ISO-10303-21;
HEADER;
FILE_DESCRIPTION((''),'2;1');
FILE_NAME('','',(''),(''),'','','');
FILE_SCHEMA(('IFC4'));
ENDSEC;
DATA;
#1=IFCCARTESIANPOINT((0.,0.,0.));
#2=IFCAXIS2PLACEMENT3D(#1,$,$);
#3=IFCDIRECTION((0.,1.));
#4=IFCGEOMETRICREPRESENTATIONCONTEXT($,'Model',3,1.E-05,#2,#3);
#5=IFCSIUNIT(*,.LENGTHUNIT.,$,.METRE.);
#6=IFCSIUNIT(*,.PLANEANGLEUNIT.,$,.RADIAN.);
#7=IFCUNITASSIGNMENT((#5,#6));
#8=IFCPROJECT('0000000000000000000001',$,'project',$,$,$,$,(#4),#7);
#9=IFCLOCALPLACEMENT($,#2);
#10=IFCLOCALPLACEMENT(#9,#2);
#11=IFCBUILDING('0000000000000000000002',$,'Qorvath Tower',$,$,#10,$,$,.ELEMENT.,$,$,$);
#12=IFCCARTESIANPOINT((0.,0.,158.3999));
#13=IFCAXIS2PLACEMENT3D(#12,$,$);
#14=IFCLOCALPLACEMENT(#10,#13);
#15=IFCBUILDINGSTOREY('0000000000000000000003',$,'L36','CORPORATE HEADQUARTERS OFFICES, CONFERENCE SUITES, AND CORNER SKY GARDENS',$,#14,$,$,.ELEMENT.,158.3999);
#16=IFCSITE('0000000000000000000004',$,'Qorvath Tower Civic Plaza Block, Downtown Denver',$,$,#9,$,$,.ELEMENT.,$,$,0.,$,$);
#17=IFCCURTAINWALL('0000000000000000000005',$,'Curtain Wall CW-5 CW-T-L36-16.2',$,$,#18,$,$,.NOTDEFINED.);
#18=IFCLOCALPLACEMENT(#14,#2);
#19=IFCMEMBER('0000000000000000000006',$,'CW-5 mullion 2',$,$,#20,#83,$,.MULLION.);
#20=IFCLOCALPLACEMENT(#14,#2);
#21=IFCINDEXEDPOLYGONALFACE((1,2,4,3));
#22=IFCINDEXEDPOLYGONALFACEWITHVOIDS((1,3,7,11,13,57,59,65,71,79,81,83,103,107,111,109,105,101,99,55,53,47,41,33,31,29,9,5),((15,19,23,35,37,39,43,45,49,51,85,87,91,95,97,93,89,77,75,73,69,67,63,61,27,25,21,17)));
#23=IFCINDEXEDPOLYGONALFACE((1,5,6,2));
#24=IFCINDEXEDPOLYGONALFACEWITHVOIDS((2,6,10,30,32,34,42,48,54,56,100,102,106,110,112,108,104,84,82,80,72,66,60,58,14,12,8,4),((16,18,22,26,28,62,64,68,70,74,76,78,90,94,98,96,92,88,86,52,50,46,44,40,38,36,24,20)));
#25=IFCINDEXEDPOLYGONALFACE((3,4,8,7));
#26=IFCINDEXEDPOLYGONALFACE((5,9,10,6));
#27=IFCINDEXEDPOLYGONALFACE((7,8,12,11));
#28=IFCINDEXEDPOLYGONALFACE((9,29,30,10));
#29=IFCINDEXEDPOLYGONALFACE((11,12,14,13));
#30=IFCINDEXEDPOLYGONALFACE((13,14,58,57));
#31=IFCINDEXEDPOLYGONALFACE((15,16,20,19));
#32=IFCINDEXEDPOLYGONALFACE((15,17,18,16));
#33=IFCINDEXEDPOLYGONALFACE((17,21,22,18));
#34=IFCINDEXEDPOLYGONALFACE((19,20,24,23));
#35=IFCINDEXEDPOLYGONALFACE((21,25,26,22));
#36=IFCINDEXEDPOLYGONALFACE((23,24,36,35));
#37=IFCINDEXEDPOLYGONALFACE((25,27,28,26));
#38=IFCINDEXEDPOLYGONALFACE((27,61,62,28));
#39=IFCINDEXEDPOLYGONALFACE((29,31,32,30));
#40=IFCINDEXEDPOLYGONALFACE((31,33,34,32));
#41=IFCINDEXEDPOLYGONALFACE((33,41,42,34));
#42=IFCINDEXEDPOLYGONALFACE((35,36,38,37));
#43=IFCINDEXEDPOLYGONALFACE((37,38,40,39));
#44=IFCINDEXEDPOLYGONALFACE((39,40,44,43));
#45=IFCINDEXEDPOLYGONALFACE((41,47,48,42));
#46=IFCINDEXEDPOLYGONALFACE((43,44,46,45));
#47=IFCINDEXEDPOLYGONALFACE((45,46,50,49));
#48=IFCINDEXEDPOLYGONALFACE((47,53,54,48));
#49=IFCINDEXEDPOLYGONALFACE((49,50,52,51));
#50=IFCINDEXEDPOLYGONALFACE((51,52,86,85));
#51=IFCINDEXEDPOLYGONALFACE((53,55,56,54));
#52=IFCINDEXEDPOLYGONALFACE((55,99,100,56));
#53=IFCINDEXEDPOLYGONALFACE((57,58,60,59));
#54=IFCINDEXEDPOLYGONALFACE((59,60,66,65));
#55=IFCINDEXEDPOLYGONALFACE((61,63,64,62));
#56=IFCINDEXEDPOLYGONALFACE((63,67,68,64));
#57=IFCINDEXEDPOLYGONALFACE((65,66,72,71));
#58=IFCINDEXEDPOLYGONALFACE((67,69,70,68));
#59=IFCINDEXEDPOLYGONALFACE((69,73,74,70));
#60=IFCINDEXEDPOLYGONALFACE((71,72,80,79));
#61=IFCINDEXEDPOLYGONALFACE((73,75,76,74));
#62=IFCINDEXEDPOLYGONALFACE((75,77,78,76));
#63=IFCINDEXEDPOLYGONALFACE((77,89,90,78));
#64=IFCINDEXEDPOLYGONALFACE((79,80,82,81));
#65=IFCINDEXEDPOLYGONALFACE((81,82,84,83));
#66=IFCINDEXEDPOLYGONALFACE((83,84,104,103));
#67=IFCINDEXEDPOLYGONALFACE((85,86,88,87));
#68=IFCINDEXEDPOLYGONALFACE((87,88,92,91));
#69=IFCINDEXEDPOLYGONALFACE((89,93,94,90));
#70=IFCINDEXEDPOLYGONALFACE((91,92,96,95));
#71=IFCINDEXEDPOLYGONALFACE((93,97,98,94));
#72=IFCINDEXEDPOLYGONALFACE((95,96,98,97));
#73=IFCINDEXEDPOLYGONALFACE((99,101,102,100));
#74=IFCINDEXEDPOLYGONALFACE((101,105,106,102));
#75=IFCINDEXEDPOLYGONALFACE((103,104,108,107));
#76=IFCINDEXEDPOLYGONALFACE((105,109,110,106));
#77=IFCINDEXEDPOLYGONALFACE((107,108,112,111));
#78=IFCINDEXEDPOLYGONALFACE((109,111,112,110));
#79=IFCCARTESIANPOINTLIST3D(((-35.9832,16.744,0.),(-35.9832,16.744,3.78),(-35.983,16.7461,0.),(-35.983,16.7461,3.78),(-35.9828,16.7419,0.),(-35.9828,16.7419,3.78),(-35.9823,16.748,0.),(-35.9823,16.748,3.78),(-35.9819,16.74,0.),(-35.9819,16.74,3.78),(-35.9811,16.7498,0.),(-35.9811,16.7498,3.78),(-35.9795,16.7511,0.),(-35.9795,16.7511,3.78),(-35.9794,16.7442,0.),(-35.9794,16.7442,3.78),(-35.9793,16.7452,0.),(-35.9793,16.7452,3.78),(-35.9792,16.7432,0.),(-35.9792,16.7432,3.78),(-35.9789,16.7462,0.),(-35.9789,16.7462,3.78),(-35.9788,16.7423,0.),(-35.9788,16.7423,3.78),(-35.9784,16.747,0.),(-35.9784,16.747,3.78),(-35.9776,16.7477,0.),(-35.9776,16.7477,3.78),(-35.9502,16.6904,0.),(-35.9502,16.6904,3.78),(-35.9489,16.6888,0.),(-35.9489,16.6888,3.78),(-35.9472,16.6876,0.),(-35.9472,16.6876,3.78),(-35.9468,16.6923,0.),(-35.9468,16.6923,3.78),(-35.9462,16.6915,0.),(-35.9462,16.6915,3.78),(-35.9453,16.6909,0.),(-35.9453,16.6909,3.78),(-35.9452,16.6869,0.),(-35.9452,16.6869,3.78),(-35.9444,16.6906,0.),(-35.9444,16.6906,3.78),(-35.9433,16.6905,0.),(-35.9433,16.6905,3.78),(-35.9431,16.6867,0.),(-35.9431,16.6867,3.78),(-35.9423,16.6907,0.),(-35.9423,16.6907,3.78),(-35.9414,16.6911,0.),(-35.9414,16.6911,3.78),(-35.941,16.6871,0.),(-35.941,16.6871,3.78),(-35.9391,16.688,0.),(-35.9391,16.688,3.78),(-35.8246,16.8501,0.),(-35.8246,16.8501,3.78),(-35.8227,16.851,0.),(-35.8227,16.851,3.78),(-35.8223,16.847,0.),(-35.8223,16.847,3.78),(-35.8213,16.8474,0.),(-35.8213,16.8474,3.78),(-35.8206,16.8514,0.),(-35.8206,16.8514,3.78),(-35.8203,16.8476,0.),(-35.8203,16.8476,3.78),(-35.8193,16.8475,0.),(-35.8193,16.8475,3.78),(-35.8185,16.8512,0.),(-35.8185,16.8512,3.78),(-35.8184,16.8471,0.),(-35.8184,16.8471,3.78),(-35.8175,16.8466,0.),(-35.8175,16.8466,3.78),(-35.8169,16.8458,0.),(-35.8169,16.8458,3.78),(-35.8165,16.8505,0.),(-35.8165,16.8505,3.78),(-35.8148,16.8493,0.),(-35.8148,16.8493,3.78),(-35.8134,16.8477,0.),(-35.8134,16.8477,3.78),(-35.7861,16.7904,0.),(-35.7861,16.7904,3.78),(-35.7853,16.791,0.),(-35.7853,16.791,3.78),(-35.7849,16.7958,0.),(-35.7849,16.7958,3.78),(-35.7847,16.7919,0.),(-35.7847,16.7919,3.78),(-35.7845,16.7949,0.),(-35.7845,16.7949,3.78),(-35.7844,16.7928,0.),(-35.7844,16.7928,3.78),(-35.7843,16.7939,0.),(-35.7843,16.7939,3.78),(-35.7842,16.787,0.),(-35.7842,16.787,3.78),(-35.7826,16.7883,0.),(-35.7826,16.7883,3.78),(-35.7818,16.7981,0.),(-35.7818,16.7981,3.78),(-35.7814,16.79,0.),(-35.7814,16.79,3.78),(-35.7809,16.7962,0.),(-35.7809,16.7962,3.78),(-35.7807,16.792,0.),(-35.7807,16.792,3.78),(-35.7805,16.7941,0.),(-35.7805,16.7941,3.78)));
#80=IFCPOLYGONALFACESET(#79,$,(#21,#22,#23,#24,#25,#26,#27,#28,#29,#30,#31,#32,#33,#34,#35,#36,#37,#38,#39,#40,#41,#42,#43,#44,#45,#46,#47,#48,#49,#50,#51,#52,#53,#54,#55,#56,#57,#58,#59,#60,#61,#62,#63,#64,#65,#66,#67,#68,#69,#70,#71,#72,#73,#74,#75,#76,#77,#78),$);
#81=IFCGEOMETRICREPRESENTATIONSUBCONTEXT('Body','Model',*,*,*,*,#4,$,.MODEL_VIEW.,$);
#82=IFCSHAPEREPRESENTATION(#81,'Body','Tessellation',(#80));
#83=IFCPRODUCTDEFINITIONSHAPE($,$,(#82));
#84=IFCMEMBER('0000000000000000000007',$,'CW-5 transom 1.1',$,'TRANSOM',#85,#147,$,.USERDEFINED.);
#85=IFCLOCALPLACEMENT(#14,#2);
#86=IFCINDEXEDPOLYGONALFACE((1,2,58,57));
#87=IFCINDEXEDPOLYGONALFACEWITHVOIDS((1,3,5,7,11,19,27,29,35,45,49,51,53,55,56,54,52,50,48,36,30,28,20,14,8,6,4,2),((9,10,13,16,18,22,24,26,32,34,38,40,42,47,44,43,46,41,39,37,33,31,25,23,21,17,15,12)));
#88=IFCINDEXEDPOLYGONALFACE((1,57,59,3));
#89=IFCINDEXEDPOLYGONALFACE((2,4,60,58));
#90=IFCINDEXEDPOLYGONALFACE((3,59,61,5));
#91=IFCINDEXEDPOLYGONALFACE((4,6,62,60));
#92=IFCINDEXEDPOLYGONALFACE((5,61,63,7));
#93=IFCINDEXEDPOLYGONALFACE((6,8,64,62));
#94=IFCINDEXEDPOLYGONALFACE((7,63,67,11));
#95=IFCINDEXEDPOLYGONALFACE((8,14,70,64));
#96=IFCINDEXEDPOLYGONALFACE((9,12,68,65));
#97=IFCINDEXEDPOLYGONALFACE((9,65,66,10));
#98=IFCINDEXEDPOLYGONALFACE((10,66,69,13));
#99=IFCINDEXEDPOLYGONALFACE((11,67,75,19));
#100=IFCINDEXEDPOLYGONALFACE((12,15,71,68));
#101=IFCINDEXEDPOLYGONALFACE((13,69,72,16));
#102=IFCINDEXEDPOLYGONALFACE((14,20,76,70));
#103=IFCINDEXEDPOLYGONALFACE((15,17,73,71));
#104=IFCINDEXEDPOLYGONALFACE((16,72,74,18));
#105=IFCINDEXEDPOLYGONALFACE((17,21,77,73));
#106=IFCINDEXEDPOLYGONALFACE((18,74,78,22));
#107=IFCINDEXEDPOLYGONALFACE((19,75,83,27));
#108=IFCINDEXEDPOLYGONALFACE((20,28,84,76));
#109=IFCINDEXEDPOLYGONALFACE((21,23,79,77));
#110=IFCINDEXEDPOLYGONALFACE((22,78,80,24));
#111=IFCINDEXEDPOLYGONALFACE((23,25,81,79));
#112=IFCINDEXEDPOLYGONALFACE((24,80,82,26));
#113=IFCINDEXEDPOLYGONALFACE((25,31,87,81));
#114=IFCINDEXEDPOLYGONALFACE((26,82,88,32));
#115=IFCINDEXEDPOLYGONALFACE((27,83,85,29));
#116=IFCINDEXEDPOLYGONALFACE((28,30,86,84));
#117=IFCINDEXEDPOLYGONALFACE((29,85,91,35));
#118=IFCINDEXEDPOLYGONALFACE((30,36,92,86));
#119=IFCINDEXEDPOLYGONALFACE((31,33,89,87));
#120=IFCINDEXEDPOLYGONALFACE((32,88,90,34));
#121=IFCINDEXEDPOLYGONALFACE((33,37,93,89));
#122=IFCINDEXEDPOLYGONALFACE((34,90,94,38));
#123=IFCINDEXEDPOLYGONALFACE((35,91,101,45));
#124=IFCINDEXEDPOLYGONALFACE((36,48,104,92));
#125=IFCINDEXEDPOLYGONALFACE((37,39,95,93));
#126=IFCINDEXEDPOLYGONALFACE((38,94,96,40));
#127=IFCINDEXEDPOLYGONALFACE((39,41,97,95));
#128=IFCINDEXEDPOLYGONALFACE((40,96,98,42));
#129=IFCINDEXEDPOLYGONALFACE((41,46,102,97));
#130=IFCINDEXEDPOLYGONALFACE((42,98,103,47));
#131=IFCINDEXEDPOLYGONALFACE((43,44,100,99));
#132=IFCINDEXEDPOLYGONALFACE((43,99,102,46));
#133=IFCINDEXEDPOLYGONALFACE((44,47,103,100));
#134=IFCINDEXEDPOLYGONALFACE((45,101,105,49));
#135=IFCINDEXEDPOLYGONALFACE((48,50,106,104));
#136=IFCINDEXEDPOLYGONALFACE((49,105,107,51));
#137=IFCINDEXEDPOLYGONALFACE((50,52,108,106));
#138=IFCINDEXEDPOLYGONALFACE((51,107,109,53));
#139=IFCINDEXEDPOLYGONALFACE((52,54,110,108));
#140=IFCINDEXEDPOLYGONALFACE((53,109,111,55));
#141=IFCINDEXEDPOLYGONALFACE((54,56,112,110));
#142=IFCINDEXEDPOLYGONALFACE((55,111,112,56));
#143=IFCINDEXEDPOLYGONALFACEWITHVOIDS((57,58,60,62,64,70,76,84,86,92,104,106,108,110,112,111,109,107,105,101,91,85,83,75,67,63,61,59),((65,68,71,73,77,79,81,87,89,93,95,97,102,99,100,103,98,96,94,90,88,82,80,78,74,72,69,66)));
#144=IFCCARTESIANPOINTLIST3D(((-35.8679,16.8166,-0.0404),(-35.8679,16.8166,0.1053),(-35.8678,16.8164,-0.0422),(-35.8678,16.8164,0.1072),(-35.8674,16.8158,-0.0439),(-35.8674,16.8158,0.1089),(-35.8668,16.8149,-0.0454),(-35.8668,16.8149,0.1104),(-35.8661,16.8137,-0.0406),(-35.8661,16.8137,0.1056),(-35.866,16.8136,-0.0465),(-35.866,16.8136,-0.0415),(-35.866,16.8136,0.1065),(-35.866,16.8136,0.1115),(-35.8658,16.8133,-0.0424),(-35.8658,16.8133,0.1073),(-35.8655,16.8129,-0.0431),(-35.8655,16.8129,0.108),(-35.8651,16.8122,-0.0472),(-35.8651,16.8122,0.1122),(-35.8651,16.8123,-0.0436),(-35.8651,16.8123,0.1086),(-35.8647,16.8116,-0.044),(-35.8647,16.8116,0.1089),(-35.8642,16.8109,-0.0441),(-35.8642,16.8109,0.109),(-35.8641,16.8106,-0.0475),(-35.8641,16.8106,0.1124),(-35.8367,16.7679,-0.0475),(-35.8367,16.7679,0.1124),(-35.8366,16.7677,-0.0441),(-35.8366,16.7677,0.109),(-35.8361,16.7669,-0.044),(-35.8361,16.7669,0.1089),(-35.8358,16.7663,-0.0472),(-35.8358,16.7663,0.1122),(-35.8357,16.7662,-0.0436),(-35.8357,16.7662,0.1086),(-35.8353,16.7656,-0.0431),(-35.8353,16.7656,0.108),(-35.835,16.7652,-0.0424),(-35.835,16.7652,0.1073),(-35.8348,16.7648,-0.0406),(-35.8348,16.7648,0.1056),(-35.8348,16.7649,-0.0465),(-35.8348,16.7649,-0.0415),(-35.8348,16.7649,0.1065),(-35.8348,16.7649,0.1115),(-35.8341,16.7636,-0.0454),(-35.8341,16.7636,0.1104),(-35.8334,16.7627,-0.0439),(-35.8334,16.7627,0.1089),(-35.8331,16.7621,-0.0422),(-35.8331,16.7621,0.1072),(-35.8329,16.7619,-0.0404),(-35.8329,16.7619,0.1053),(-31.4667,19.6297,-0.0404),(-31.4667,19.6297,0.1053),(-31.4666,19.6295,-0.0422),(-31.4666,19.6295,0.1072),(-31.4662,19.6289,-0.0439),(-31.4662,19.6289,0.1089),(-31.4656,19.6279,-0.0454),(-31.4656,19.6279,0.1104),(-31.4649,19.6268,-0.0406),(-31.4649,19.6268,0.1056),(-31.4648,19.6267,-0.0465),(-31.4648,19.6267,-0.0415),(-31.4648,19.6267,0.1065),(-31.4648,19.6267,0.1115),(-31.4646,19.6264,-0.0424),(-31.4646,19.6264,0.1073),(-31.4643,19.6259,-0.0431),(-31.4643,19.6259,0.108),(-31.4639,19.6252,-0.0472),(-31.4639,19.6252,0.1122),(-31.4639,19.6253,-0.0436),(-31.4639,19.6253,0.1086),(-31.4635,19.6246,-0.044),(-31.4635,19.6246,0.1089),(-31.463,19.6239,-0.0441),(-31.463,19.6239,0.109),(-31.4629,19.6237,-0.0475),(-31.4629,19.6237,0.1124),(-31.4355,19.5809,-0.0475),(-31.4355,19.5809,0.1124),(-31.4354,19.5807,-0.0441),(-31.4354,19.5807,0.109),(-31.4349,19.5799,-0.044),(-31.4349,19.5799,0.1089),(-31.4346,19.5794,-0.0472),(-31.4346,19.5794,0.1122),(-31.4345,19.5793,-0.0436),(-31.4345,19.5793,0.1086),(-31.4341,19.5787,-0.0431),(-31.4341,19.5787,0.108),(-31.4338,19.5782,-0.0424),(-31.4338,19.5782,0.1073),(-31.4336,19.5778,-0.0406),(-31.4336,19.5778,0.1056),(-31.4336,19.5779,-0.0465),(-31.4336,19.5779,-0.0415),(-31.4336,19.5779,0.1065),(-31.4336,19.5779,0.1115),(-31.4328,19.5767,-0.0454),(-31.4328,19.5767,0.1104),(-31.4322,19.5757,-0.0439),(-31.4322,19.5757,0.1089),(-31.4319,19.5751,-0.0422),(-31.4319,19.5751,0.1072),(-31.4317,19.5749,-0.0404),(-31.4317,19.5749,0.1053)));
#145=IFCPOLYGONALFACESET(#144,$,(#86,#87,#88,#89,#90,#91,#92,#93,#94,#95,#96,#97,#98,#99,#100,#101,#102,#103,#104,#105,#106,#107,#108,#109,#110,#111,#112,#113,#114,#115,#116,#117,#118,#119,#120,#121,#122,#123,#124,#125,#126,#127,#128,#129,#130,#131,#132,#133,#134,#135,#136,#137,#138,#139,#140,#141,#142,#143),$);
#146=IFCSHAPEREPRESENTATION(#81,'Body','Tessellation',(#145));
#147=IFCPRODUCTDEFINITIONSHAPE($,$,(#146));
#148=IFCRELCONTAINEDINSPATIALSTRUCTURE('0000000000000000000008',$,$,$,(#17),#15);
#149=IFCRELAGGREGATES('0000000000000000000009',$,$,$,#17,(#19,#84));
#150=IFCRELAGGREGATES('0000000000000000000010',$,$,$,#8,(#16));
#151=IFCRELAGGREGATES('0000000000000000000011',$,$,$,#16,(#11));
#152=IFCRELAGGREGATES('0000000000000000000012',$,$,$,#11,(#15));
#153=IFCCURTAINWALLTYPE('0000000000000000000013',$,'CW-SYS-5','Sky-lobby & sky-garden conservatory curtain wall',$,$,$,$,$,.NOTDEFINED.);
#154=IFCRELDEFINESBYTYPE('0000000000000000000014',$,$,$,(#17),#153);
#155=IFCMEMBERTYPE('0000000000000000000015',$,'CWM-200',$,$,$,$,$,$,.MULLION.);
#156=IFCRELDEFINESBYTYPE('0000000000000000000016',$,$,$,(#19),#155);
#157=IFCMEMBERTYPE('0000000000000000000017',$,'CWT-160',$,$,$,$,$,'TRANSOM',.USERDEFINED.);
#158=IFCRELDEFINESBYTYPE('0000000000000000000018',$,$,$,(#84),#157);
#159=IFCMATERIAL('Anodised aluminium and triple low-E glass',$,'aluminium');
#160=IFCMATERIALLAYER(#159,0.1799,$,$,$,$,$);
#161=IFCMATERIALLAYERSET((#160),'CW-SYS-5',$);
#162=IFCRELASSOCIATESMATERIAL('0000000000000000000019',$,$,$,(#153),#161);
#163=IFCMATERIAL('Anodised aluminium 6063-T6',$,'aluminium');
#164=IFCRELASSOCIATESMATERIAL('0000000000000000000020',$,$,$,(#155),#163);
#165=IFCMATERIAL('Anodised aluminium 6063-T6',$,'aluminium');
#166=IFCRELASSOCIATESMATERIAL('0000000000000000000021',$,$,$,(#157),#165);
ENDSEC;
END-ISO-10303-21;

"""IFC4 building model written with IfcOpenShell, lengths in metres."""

from ifc_helpers import new_model, si_unit, direction, frame, origin, origin_2d, place, context, subcontext, project, spatial, hollow_rectangle, extrude, material, layer, layer_set, material_profile, profile_set, type_object, element, aggregate, save


model = new_model("IFC4")

# Units and contexts
model_context = context("Model", 3, precision=1e-05, world=origin(), true_north=direction((0.0, 1.0)))
body_context = subcontext(model_context, "Body", "Model", "MODEL_VIEW")
ifc_project = project(units=[si_unit("LENGTHUNIT", "METRE"), si_unit("PLANEANGLEUNIT", "RADIAN")], contexts=[model_context])

# Site, building, storey
site_placement = place(None, origin())
site = spatial("IfcSite", under=ifc_project, at=site_placement, Name="Qorvath Tower Civic Plaza Block, Downtown Denver", CompositionType="ELEMENT", RefElevation=0.0)
building_placement = place(site_placement, origin())
building = spatial("IfcBuilding", under=site, at=building_placement, Name="Qorvath Tower", CompositionType="ELEMENT")
storey_placement = place(building_placement, frame((0.0, 0.0, 158.3999)))
storey = spatial("IfcBuildingStorey", under=building, at=storey_placement, Name="L36", Description="CORPORATE HEADQUARTERS OFFICES, CONFERENCE SUITES, AND CORNER SKY GARDENS", CompositionType="ELEMENT", Elevation=158.3999)

# Shared definitions
ifc_material_1 = material(Name="Anodised aluminium and triple low-E glass", Category="aluminium")
ifc_layer_1 = layer(ifc_material_1, 0.1799)
ifc_layer_set_1 = layer_set([ifc_layer_1], Name="CW-SYS-5")
curtain_wall_type = type_object("IfcCurtainWallType", Name="CW-SYS-5", Description="Sky-lobby & sky-garden conservatory curtain wall", PredefinedType="NOTDEFINED", material=ifc_layer_set_1)
ifc_material_2 = material(Name="Anodised aluminium 6063-T6", Category="aluminium")
ifc_material_profile_1 = material_profile(ifc_material_2, hollow_rectangle(XDim=0.075, YDim=0.2, WallThickness=0.0039, InnerFilletRadius=0.0039, OuterFilletRadius=0.0081, at=origin_2d()), Name="CWM 200x75")
ifc_profile_set_1 = profile_set([ifc_material_profile_1], Name="Anodised aluminium 6063-T6")
member_type_1 = type_object("IfcMemberType", Name="CWM-200", PredefinedType="MULLION", material=ifc_profile_set_1)

# Curtain wall, members
curtain_wall_1_placement = place(storey_placement, origin())
curtain_wall_1 = element("IfcCurtainWall", 1, at=curtain_wall_1_placement, inside=storey, type_object=curtain_wall_type, Name="Curtain Wall CW-5 CW-T-L36-16.2", PredefinedType="NOTDEFINED")
member_1_placement = place(storey_placement, frame((-35.8818, 16.769, 0.0), z_axis=(0.0, 0.0, 1.0), x_axis=(0.538539, -0.8426, 0.0)))
member_1 = element("IfcMember", 2, at=member_1_placement, type_object=member_type_1, Name="CW-5 mullion 2", PredefinedType="MULLION", context=body_context, shape_type="SweptSolid", body=[
    extrude(hollow_rectangle(XDim=0.075, YDim=0.2, WallThickness=0.0039, InnerFilletRadius=0.0039, OuterFilletRadius=0.0081, at=origin_2d()), origin(), (0.0, 0.0, 1.0), 3.78),
])
ifc_material_3 = material(Name="Anodised aluminium 6063-T6", Category="aluminium")
ifc_material_profile_2 = material_profile(ifc_material_3, hollow_rectangle(XDim=0.0649, YDim=0.1599, WallThickness=0.0034, InnerFilletRadius=0.0034, OuterFilletRadius=0.0071, at=origin_2d()), Name="CWT 160x65")
ifc_profile_set_2 = profile_set([ifc_material_profile_2], Name="Anodised aluminium 6063-T6")
member_type_2 = type_object("IfcMemberType", Name="CWT-160", ElementType="TRANSOM", PredefinedType="USERDEFINED", material=ifc_profile_set_2)
member_2_placement = place(storey_placement, frame((-31.4492, 19.6023, 0.0325), z_axis=(-0.842596, -0.538547, 0.0), x_axis=(0.538547, -0.842596, 0.0)))
member_2 = element("IfcMember", 3, at=member_2_placement, type_object=member_type_2, Name="CW-5 transom 1.1", ObjectType="TRANSOM", PredefinedType="USERDEFINED", context=body_context, shape_type="SweptSolid", body=[
    extrude(hollow_rectangle(XDim=0.0649, YDim=0.1599, WallThickness=0.0034, InnerFilletRadius=0.0034, OuterFilletRadius=0.0071, at=origin_2d()), origin(), (0.0, 0.0, 1.0), 5.2234),
])
aggregate(curtain_wall_1, [member_1, member_2])

save(model, "model.ifc")
